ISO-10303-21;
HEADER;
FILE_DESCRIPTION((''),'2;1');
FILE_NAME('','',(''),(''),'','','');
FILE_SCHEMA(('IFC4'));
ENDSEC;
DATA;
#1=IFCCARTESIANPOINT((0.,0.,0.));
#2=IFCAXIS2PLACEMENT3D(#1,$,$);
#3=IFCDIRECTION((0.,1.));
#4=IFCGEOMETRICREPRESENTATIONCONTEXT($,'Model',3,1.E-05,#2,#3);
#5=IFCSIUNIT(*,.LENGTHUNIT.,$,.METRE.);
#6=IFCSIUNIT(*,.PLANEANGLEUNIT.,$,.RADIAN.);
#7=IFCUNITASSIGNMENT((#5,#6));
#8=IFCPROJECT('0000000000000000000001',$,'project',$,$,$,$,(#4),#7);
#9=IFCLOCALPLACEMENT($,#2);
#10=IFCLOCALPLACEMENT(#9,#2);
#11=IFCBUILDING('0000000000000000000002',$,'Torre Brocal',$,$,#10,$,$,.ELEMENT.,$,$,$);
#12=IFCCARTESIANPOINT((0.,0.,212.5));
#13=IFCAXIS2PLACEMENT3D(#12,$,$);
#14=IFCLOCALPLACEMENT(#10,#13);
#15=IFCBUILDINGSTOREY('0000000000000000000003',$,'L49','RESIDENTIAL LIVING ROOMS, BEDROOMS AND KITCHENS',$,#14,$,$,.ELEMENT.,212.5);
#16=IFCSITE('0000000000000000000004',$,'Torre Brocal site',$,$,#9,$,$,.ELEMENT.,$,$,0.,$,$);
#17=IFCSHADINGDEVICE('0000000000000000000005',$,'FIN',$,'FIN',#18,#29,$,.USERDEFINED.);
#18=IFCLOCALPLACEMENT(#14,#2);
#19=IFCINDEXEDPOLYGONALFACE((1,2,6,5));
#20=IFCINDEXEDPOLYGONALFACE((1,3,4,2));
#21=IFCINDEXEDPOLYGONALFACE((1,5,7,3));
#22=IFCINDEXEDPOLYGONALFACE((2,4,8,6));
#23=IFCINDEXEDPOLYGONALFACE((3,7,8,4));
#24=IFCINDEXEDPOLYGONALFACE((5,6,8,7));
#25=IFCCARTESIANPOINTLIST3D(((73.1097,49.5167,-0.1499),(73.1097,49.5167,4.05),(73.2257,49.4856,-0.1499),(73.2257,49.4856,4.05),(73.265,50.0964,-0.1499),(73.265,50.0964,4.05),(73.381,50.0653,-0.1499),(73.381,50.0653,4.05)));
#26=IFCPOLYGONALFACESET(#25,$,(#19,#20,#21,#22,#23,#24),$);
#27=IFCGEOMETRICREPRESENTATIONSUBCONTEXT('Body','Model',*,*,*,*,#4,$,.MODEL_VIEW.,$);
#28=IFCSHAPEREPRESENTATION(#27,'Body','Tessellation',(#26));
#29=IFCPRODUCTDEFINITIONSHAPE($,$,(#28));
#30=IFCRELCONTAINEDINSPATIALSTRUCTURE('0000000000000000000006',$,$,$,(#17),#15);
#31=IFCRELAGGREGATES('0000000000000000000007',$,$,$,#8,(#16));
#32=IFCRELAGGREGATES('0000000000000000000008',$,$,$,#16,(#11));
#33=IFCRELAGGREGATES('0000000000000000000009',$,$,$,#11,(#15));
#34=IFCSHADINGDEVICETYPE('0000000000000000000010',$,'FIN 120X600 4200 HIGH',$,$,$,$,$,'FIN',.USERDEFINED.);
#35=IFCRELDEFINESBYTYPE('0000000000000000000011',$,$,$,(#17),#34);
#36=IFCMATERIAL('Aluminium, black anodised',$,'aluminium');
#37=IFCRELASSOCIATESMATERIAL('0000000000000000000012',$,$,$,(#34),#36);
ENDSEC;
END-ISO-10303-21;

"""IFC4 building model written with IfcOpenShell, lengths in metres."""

from ifc_helpers import new_model, si_unit, direction, frame, origin, origin_2d, place, context, subcontext, project, spatial, rectangle, extrude, material, material_profile, profile_set, type_object, element, save


model = new_model("IFC4")

# Units and contexts
model_context = context("Model", 3, precision=1e-05, world=origin(), true_north=direction((0.0, 1.0)))
body_context = subcontext(model_context, "Body", "Model", "MODEL_VIEW")
ifc_project = project(units=[si_unit("LENGTHUNIT", "METRE"), si_unit("PLANEANGLEUNIT", "RADIAN")], contexts=[model_context])

# Site, building, storey
site_placement = place(None, origin())
site = spatial("IfcSite", under=ifc_project, at=site_placement, Name="Torre Brocal site", CompositionType="ELEMENT", RefElevation=0.0)
building_placement = place(site_placement, origin())
building = spatial("IfcBuilding", under=site, at=building_placement, Name="Torre Brocal", CompositionType="ELEMENT")
storey_placement = place(building_placement, frame((0.0, 0.0, 212.5)))
storey = spatial("IfcBuildingStorey", under=building, at=storey_placement, Name="L49", Description="RESIDENTIAL LIVING ROOMS, BEDROOMS AND KITCHENS", CompositionType="ELEMENT", Elevation=212.5)

# Shading device
ifc_material_1 = material(Name="Aluminium, black anodised", Category="aluminium")
ifc_material_profile_1 = material_profile(ifc_material_1, rectangle(XDim=0.1201, YDim=0.6001, at=origin_2d()), Name="FIN 120X600 4200 HIGH")
ifc_profile_set_1 = profile_set([ifc_material_profile_1], Name="Aluminium, black anodised")
shading_device_type = type_object("IfcShadingDeviceType", Name="FIN 120X600 4200 HIGH", ElementType="FIN", PredefinedType="USERDEFINED", material=ifc_profile_set_1)
for number, where, z_axis, x_axis, name in (
    (1, (73.2454, 49.791, -0.1499), (0.0, 0.0, 1.0), (0.965926, -0.258819, 0.0), "FIN"),
):
    element("IfcShadingDevice", number, at=place(storey_placement, frame(where, z_axis=z_axis, x_axis=x_axis)), inside=storey, type_object=shading_device_type, Name=name, ObjectType="FIN", PredefinedType="USERDEFINED", context=body_context, shape_type="SweptSolid", body=[
        extrude(rectangle(XDim=0.1201, YDim=0.6001, at=origin_2d()), origin(), (0.0, 0.0, 1.0), 4.2),
    ])

save(model, "model.ifc")
